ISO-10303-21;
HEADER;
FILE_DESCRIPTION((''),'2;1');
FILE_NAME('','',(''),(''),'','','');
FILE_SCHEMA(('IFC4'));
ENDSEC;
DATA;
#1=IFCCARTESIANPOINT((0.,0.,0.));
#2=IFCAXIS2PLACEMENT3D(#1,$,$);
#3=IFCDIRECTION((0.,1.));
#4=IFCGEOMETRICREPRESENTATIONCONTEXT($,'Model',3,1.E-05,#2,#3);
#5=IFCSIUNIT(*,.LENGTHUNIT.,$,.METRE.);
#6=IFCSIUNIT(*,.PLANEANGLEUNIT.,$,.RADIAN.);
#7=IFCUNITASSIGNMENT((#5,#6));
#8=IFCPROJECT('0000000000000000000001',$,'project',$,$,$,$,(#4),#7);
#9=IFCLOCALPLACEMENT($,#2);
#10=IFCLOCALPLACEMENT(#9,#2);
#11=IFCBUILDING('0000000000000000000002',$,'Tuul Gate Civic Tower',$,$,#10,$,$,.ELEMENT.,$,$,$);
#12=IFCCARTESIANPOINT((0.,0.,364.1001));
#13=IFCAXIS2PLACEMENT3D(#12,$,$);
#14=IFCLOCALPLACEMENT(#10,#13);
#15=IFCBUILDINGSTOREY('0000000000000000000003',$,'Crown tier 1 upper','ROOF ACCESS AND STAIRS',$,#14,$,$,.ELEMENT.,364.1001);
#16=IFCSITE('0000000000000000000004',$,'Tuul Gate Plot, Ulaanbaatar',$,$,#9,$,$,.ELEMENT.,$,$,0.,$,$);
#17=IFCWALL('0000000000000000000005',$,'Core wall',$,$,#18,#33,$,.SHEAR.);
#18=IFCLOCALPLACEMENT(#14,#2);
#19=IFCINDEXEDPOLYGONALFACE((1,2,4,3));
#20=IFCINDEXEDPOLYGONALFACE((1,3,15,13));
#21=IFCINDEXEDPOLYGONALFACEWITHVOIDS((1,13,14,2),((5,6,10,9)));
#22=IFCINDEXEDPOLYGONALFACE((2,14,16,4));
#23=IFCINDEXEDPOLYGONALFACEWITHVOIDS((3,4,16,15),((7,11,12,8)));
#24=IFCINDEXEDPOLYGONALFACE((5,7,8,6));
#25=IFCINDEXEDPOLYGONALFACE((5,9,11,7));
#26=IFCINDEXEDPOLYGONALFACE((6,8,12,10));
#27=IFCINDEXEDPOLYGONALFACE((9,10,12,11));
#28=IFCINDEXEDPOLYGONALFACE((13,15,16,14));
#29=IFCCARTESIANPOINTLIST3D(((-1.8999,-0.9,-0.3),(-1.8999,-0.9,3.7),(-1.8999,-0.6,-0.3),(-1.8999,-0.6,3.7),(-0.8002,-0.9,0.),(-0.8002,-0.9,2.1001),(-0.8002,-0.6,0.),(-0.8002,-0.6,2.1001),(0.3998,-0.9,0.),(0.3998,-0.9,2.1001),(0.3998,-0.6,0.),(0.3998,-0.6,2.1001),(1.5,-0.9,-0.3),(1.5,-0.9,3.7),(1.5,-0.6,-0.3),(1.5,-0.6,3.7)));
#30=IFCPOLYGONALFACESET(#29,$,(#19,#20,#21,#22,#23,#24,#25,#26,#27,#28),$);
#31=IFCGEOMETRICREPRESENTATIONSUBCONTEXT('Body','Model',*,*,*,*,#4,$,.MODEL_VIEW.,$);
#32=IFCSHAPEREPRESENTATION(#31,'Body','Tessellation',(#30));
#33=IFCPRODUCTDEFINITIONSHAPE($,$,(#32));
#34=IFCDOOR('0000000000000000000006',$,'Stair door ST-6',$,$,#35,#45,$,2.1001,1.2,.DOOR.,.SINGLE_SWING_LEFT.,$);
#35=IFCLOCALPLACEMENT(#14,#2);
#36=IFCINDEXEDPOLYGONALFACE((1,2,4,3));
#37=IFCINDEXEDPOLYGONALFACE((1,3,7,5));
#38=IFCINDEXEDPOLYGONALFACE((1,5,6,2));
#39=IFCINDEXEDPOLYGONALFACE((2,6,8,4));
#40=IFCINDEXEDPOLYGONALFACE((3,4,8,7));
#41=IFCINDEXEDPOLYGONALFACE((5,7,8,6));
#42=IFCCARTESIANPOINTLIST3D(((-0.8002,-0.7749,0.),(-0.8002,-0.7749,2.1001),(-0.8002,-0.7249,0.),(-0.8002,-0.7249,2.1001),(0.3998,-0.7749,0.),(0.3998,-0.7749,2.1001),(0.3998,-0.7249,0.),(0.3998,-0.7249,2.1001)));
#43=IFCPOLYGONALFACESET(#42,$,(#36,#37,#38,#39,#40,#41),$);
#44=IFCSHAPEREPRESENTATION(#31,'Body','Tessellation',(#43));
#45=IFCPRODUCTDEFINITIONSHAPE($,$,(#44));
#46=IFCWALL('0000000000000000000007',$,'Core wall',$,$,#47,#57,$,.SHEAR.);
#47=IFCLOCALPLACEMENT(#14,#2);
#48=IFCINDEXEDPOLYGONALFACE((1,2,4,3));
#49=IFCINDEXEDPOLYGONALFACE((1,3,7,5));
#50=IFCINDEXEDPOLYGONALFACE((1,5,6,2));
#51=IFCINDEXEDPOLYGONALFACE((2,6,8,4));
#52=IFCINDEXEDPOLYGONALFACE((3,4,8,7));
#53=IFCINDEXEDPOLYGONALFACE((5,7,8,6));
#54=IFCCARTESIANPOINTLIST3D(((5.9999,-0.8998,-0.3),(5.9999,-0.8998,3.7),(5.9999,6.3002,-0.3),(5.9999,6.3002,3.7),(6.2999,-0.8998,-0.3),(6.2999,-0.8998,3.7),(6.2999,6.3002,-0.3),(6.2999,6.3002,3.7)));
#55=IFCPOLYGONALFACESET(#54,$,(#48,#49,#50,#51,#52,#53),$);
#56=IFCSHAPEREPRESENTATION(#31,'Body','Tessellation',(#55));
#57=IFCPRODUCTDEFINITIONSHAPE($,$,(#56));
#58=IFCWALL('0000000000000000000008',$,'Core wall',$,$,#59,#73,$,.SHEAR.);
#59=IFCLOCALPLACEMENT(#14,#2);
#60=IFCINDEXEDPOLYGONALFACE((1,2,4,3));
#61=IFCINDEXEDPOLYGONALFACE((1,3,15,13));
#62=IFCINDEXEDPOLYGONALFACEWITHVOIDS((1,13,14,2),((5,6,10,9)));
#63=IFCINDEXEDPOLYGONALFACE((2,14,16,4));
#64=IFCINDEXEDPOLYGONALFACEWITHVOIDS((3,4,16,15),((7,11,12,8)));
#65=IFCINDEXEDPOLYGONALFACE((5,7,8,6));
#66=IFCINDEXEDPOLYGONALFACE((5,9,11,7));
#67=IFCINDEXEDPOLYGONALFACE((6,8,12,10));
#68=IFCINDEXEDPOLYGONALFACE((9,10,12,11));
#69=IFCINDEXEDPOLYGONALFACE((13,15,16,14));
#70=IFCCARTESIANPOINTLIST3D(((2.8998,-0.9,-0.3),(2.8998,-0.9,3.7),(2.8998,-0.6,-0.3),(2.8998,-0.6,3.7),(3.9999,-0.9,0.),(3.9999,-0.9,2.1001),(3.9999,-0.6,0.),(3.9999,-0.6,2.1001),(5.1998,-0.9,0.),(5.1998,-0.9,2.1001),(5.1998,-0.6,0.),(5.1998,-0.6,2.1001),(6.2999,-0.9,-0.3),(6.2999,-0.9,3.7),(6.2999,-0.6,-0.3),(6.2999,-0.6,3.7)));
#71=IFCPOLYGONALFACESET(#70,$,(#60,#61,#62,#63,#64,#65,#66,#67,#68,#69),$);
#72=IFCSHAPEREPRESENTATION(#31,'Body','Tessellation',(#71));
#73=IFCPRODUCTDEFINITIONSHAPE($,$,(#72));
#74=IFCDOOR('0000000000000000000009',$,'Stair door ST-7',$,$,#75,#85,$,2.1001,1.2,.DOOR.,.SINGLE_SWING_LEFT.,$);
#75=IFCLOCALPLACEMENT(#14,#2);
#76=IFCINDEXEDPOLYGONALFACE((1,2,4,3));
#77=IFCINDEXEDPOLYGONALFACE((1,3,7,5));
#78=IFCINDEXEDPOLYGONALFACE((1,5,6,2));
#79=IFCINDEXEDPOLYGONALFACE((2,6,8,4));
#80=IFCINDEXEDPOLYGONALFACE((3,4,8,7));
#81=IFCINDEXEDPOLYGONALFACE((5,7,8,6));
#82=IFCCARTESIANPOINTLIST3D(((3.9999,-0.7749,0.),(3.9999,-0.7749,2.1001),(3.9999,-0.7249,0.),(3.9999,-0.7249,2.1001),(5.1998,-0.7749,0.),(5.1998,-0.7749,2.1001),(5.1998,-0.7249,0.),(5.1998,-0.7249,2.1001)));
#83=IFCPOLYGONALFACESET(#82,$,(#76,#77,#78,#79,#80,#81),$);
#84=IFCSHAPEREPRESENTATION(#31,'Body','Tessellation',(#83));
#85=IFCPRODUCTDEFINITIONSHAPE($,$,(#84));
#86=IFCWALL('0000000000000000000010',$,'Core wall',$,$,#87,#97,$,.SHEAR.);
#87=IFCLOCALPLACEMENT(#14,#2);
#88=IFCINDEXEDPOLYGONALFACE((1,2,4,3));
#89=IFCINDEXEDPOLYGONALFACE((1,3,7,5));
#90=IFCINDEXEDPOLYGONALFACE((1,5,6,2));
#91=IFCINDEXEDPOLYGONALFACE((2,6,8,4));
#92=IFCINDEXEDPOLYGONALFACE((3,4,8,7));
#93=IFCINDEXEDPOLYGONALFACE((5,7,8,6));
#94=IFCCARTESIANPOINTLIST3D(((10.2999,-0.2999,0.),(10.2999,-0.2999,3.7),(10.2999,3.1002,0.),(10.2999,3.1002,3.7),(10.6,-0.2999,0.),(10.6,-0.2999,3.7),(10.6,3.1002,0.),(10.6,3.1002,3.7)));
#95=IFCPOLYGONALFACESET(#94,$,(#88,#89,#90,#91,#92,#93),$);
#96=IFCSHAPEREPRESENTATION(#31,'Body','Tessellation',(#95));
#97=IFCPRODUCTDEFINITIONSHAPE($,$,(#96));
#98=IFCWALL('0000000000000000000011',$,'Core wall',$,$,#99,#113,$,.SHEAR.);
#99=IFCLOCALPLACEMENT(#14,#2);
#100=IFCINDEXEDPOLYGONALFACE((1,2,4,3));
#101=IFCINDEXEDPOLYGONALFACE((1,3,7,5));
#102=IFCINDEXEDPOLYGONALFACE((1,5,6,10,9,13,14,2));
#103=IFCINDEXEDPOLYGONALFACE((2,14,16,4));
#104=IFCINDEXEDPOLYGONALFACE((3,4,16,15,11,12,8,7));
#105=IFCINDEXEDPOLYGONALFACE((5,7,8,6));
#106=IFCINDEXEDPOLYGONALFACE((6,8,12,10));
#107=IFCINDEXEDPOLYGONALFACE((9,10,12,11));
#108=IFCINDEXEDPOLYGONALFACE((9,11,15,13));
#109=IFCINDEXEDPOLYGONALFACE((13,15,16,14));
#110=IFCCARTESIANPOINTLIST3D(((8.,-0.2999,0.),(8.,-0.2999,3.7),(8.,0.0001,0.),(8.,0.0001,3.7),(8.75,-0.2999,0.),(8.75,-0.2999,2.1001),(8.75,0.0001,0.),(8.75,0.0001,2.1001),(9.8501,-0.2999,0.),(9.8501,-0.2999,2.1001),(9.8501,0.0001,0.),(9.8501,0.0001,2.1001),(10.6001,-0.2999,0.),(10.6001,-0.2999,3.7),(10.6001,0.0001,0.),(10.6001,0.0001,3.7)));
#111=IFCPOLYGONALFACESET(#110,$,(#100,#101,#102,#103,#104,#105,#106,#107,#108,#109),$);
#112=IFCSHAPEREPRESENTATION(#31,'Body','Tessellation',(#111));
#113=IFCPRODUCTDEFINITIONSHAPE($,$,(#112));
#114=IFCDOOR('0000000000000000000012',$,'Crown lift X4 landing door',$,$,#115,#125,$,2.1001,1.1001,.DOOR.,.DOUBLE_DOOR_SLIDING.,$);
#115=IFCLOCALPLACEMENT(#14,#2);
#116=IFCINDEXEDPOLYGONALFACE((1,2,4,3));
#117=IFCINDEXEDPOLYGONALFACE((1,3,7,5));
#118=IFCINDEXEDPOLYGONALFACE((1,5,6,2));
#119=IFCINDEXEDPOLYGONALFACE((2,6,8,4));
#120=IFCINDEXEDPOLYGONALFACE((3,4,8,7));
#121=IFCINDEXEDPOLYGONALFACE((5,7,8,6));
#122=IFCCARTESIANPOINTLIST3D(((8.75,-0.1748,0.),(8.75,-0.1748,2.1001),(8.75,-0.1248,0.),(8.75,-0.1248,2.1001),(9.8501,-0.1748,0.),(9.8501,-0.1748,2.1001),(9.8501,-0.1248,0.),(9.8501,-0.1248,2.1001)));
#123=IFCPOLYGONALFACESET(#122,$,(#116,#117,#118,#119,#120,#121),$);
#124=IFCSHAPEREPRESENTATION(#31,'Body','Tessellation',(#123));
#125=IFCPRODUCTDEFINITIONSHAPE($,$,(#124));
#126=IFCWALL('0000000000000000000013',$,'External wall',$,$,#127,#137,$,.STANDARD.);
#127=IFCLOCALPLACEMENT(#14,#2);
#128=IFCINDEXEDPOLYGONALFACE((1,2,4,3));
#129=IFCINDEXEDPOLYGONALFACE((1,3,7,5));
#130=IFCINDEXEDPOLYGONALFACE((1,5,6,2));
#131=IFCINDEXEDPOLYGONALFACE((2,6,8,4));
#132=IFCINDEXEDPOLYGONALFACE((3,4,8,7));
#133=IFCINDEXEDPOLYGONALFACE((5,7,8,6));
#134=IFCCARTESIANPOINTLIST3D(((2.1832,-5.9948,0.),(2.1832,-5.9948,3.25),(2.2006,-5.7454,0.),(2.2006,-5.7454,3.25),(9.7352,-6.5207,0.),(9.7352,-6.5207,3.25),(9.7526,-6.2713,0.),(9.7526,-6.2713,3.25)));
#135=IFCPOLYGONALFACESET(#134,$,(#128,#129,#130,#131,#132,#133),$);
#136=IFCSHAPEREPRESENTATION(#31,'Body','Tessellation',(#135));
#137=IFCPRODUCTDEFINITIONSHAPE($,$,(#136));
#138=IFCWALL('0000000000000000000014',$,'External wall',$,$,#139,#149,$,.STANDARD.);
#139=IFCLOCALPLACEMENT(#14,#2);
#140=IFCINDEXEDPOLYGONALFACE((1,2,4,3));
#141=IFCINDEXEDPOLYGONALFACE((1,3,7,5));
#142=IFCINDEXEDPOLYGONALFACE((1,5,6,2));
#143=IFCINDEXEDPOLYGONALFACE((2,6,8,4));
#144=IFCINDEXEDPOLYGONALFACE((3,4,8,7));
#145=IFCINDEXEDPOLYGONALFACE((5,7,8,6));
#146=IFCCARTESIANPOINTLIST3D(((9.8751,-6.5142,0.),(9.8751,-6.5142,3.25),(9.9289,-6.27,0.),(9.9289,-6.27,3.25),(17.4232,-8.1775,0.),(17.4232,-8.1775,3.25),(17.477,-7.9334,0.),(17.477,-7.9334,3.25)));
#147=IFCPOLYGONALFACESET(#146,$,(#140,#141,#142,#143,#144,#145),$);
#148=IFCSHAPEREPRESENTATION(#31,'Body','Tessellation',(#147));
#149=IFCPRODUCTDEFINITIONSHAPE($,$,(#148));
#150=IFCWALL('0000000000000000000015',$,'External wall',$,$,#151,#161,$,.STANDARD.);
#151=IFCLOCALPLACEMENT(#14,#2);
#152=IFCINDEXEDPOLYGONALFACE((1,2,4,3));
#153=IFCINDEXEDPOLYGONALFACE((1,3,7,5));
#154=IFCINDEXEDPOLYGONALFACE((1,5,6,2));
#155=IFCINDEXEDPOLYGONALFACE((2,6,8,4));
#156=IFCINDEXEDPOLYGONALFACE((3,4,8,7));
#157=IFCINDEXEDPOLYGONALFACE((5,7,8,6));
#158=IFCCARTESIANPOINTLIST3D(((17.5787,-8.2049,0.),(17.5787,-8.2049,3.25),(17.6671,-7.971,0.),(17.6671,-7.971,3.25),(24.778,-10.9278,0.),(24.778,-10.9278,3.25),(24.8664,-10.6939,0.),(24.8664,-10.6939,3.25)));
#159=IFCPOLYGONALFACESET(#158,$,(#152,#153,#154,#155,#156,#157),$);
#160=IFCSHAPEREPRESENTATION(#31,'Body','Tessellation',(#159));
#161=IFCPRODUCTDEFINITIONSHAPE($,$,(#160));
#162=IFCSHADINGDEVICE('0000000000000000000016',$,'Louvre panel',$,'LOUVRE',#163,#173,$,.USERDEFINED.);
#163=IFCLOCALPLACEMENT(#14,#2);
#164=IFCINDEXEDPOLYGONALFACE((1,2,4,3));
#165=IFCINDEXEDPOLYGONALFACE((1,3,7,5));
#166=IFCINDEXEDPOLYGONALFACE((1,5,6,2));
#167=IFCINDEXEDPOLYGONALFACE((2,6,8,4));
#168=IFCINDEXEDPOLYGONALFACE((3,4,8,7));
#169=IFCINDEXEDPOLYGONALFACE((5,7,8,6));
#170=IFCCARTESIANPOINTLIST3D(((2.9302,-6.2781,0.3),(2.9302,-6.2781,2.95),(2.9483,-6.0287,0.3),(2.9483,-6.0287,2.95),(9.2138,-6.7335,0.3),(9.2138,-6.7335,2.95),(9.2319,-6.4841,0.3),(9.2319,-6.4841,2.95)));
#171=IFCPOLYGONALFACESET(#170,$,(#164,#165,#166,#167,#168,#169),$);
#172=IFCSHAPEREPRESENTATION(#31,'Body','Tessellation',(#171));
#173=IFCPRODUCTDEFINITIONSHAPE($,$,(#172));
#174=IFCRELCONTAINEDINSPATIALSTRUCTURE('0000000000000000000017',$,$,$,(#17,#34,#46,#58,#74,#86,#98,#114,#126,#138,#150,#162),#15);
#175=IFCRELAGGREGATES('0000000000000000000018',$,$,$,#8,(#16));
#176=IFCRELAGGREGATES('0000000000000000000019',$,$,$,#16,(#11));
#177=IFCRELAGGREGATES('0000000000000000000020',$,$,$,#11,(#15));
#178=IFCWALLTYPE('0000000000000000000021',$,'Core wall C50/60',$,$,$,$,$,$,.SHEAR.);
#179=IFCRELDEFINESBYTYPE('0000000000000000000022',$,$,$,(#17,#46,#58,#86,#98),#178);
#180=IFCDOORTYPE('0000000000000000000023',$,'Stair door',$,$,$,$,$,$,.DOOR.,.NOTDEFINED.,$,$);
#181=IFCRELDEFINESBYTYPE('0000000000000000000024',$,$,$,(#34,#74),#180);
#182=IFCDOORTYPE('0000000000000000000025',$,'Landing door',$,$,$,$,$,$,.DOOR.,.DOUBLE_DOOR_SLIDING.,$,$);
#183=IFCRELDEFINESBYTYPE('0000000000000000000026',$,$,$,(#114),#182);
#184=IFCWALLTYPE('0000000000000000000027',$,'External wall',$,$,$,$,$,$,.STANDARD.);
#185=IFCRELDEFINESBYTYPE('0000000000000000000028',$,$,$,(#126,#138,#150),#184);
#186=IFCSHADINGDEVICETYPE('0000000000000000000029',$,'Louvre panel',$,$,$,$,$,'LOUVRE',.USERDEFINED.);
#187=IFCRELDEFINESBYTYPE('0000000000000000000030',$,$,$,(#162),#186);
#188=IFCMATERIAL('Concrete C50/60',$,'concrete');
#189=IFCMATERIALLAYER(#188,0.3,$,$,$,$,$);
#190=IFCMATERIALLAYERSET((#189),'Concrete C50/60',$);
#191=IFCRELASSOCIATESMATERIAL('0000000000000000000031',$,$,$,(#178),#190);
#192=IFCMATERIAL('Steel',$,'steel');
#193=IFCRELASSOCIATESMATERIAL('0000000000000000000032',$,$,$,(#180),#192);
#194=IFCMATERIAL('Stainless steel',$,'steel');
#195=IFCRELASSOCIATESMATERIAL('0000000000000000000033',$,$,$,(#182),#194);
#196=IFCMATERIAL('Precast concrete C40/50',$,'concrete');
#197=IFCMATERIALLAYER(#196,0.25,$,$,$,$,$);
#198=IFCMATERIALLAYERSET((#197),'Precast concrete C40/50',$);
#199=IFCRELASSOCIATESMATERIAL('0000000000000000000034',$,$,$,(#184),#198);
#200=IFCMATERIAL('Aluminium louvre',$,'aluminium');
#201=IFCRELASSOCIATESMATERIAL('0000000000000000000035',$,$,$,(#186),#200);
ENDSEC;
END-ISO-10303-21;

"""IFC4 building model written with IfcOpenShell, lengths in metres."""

from ifc_helpers import new_model, si_unit, direction, frame, frame_2d, origin, origin_2d, place, context, subcontext, project, spatial, rectangle, extrude, material, layer, layer_set, type_object, element, fill, save


model = new_model("IFC4")

# Units and contexts
model_context = context("Model", 3, precision=1e-05, world=origin(), true_north=direction((0.0, 1.0)))
body_context = subcontext(model_context, "Body", "Model", "MODEL_VIEW")
ifc_project = project(units=[si_unit("LENGTHUNIT", "METRE"), si_unit("PLANEANGLEUNIT", "RADIAN")], contexts=[model_context])

# Site, building, storey
site_placement = place(None, origin())
site = spatial("IfcSite", under=ifc_project, at=site_placement, Name="Tuul Gate Plot, Ulaanbaatar", CompositionType="ELEMENT", RefElevation=0.0)
building_placement = place(site_placement, origin())
building = spatial("IfcBuilding", under=site, at=building_placement, Name="Tuul Gate Civic Tower", CompositionType="ELEMENT")
storey_placement = place(building_placement, frame((0.0, 0.0, 364.1001)))
storey = spatial("IfcBuildingStorey", under=building, at=storey_placement, Name="Crown tier 1 upper", Description="ROOF ACCESS AND STAIRS", CompositionType="ELEMENT", Elevation=364.1001)

# Shared definitions
ifc_material_1 = material(Name="Concrete C50/60", Category="concrete")
ifc_layer_1 = layer(ifc_material_1, 0.3)
ifc_layer_set_1 = layer_set([ifc_layer_1], Name="Concrete C50/60")
wall_type_1 = type_object("IfcWallType", Name="Core wall C50/60", PredefinedType="SHEAR", material=ifc_layer_set_1)

# Wall, opening, door
wall_1_placement = place(storey_placement, frame((1.5, -0.75, -0.3), z_axis=(0.0, 0.0, 1.0), x_axis=(-1.0, 0.0, 0.0)))
wall_1 = element("IfcWall", 1, at=wall_1_placement, inside=storey, type_object=wall_type_1, Name="Core wall", PredefinedType="SHEAR", context=body_context, shape_type="SweptSolid", body=[
    extrude(rectangle(XDim=3.3999, YDim=0.3, at=frame_2d((1.7, 0.0))), origin(), (0.0, 0.0, 1.0), 4.0),
])
opening_1_placement = place(wall_1_placement, frame((1.1001, 0.0, 0.3)))
opening_1 = element("IfcOpeningElement", 2, at=opening_1_placement, cuts=wall_1, PredefinedType="OPENING", context=body_context, shape_type="SweptSolid", body=[
    extrude(rectangle(XDim=1.2, YDim=2.1001, at=frame_2d((0.6001, 1.05))), frame((0.0, 0.1602, 0.0), z_axis=(0.0, -1.0, 0.0), x_axis=(1.0, 0.0, 0.0)), (0.0, 0.0, 1.0), 0.3201),
])
ifc_material_2 = material(Name="Steel", Category="steel")
door_type_1 = type_object("IfcDoorType", Name="Stair door", OperationType="NOTDEFINED", PredefinedType="DOOR", material=ifc_material_2)
door_1_placement = place(opening_1_placement, origin())
door_1 = element("IfcDoor", 3, at=door_1_placement, inside=storey, type_object=door_type_1, Name="Stair door ST-6", OperationType="SINGLE_SWING_LEFT", OverallHeight=2.1001, OverallWidth=1.2, PredefinedType="DOOR", context=body_context, shape_type="SweptSolid", body=[
    extrude(rectangle(XDim=1.2, YDim=2.1001, at=frame_2d((0.6001, 1.05))), frame((0.0, 0.0249, 0.0), z_axis=(0.0, -1.0, 0.0), x_axis=(1.0, 0.0, 0.0)), (0.0, 0.0, 1.0), 0.05),
])
fill(opening_1, door_1)

# Wall
wall_2_placement = place(storey_placement, frame((6.1499, -0.8999, -0.3), z_axis=(0.0, 0.0, 1.0), x_axis=(0.0, 1.0, 0.0)))
element("IfcWall", 4, at=wall_2_placement, inside=storey, type_object=wall_type_1, Name="Core wall", PredefinedType="SHEAR", context=body_context, shape_type="SweptSolid", body=[
    extrude(rectangle(XDim=7.2, YDim=0.3, at=frame_2d((3.6001, 0.0))), origin(), (0.0, 0.0, 1.0), 4.0),
])

# Wall, opening, door
wall_3_placement = place(storey_placement, frame((6.3, -0.75, -0.3), z_axis=(0.0, 0.0, 1.0), x_axis=(-1.0, 0.0, 0.0)))
wall_3 = element("IfcWall", 5, at=wall_3_placement, inside=storey, type_object=wall_type_1, Name="Core wall", PredefinedType="SHEAR", context=body_context, shape_type="SweptSolid", body=[
    extrude(rectangle(XDim=3.4001, YDim=0.3, at=frame_2d((1.7002, 0.0))), origin(), (0.0, 0.0, 1.0), 4.0),
])
opening_2_placement = place(wall_3_placement, frame((1.1001, 0.0, 0.3)))
opening_2 = element("IfcOpeningElement", 6, at=opening_2_placement, cuts=wall_3, PredefinedType="OPENING", context=body_context, shape_type="SweptSolid", body=[
    extrude(rectangle(XDim=1.2, YDim=2.1001, at=frame_2d((0.6001, 1.05))), frame((0.0, 0.1602, 0.0), z_axis=(0.0, -1.0, 0.0), x_axis=(1.0, 0.0, 0.0)), (0.0, 0.0, 1.0), 0.3201),
])
door_2_placement = place(opening_2_placement, origin())
door_2 = element("IfcDoor", 7, at=door_2_placement, inside=storey, type_object=door_type_1, Name="Stair door ST-7", OperationType="SINGLE_SWING_LEFT", OverallHeight=2.1001, OverallWidth=1.2, PredefinedType="DOOR", context=body_context, shape_type="SweptSolid", body=[
    extrude(rectangle(XDim=1.2, YDim=2.1001, at=frame_2d((0.6001, 1.05))), frame((0.0, 0.0249, 0.0), z_axis=(0.0, -1.0, 0.0), x_axis=(1.0, 0.0, 0.0)), (0.0, 0.0, 1.0), 0.05),
])
fill(opening_2, door_2)

# Wall
wall_4_placement = place(storey_placement, frame((10.45, -0.3, 0.0), z_axis=(0.0, 0.0, 1.0), x_axis=(0.0, 1.0, 0.0)))
element("IfcWall", 8, at=wall_4_placement, inside=storey, type_object=wall_type_1, Name="Core wall", PredefinedType="SHEAR", context=body_context, shape_type="SweptSolid", body=[
    extrude(rectangle(XDim=3.4001, YDim=0.3, at=frame_2d((1.7002, 0.0))), origin(), (0.0, 0.0, 1.0), 3.7),
])

# Wall, opening, door
wall_5_placement = place(storey_placement, frame((10.6001, -0.1499, 0.0), z_axis=(0.0, 0.0, 1.0), x_axis=(-1.0, 0.0, 0.0)))
wall_5 = element("IfcWall", 9, at=wall_5_placement, inside=storey, type_object=wall_type_1, Name="Core wall", PredefinedType="SHEAR", context=body_context, shape_type="SweptSolid", body=[
    extrude(rectangle(XDim=2.6001, YDim=0.3, at=frame_2d((1.3, 0.0))), origin(), (0.0, 0.0, 1.0), 3.7),
])
opening_3_placement = place(wall_5_placement, frame((0.75, 0.0, 0.0)))
opening_3 = element("IfcOpeningElement", 10, at=opening_3_placement, cuts=wall_5, PredefinedType="OPENING", context=body_context, shape_type="SweptSolid", body=[
    extrude(rectangle(XDim=1.1001, YDim=2.1001, at=frame_2d((0.55, 1.05))), frame((0.0, 0.1602, 0.0), z_axis=(0.0, -1.0, 0.0), x_axis=(1.0, 0.0, 0.0)), (0.0, 0.0, 1.0), 0.3201),
])
ifc_material_3 = material(Name="Stainless steel", Category="steel")
door_type_2 = type_object("IfcDoorType", Name="Landing door", OperationType="DOUBLE_DOOR_SLIDING", PredefinedType="DOOR", material=ifc_material_3)
door_3_placement = place(opening_3_placement, origin())
door_3 = element("IfcDoor", 11, at=door_3_placement, inside=storey, type_object=door_type_2, Name="Crown lift X4 landing door", OperationType="DOUBLE_DOOR_SLIDING", OverallHeight=2.1001, OverallWidth=1.1001, PredefinedType="DOOR", context=body_context, shape_type="SweptSolid", body=[
    extrude(rectangle(XDim=1.1001, YDim=2.1001, at=frame_2d((0.55, 1.05))), frame((0.0, 0.0249, 0.0), z_axis=(0.0, -1.0, 0.0), x_axis=(1.0, 0.0, 0.0)), (0.0, 0.0, 1.0), 0.05),
])
fill(opening_3, door_3)

# Walls
ifc_material_4 = material(Name="Precast concrete C40/50", Category="concrete")
ifc_layer_2 = layer(ifc_material_4, 0.25)
ifc_layer_set_2 = layer_set([ifc_layer_2], Name="Precast concrete C40/50")
wall_type_2 = type_object("IfcWallType", Name="External wall", PredefinedType="STANDARD", material=ifc_layer_set_2)
wall_6_placement = place(storey_placement, frame((2.1919, -5.8701, 0.0), z_axis=(0.0, 0.0, 1.0), x_axis=(0.997584, -0.069466, 0.0)))
element("IfcWall", 12, at=wall_6_placement, inside=storey, type_object=wall_type_2, Name="External wall", PredefinedType="STANDARD", context=body_context, shape_type="SweptSolid", body=[
    extrude(rectangle(XDim=7.5703, YDim=0.25, at=frame_2d((3.7852, 0.0))), origin(), (0.0, 0.0, 1.0), 3.25),
])
wall_7_placement = place(storey_placement, frame((9.9019, -6.3921, 0.0), z_axis=(0.0, 0.0, 1.0), x_axis=(0.97657, -0.215201, 0.0)))
element("IfcWall", 13, at=wall_7_placement, inside=storey, type_object=wall_type_2, Name="External wall", PredefinedType="STANDARD", context=body_context, shape_type="SweptSolid", body=[
    extrude(rectangle(XDim=7.7292, YDim=0.25, at=frame_2d((3.8647, 0.0))), origin(), (0.0, 0.0, 1.0), 3.25),
])
wall_8_placement = place(storey_placement, frame((17.6228, -8.0879, 0.0), z_axis=(0.0, 0.0, 1.0), x_axis=(0.935335, -0.353764, 0.0)))
element("IfcWall", 14, at=wall_8_placement, inside=storey, type_object=wall_type_2, Name="External wall", PredefinedType="STANDARD", context=body_context, shape_type="SweptSolid", body=[
    extrude(rectangle(XDim=7.697, YDim=0.25, at=frame_2d((3.8486, 0.0))), origin(), (0.0, 0.0, 1.0), 3.25),
])

# Shading device
ifc_material_5 = material(Name="Aluminium louvre", Category="aluminium")
shading_device_type = type_object("IfcShadingDeviceType", Name="Louvre panel", ElementType="LOUVRE", PredefinedType="USERDEFINED", material=ifc_material_5)
for number, where, z_axis, x_axis, name in (
    (15, (6.0811, -6.3811, 0.3), (0.0, 0.0, 1.0), (-0.072283, -0.997384, 0.0), "Louvre panel"),
):
    element("IfcShadingDevice", number, at=place(storey_placement, frame(where, z_axis=z_axis, x_axis=x_axis)), inside=storey, type_object=shading_device_type, Name=name, ObjectType="LOUVRE", PredefinedType="USERDEFINED", context=body_context, shape_type="SweptSolid", body=[
        extrude(rectangle(XDim=0.25, YDim=6.3, at=origin_2d()), origin(), (0.0, 0.0, 1.0), 2.6499),
    ])

save(model, "model.ifc")
